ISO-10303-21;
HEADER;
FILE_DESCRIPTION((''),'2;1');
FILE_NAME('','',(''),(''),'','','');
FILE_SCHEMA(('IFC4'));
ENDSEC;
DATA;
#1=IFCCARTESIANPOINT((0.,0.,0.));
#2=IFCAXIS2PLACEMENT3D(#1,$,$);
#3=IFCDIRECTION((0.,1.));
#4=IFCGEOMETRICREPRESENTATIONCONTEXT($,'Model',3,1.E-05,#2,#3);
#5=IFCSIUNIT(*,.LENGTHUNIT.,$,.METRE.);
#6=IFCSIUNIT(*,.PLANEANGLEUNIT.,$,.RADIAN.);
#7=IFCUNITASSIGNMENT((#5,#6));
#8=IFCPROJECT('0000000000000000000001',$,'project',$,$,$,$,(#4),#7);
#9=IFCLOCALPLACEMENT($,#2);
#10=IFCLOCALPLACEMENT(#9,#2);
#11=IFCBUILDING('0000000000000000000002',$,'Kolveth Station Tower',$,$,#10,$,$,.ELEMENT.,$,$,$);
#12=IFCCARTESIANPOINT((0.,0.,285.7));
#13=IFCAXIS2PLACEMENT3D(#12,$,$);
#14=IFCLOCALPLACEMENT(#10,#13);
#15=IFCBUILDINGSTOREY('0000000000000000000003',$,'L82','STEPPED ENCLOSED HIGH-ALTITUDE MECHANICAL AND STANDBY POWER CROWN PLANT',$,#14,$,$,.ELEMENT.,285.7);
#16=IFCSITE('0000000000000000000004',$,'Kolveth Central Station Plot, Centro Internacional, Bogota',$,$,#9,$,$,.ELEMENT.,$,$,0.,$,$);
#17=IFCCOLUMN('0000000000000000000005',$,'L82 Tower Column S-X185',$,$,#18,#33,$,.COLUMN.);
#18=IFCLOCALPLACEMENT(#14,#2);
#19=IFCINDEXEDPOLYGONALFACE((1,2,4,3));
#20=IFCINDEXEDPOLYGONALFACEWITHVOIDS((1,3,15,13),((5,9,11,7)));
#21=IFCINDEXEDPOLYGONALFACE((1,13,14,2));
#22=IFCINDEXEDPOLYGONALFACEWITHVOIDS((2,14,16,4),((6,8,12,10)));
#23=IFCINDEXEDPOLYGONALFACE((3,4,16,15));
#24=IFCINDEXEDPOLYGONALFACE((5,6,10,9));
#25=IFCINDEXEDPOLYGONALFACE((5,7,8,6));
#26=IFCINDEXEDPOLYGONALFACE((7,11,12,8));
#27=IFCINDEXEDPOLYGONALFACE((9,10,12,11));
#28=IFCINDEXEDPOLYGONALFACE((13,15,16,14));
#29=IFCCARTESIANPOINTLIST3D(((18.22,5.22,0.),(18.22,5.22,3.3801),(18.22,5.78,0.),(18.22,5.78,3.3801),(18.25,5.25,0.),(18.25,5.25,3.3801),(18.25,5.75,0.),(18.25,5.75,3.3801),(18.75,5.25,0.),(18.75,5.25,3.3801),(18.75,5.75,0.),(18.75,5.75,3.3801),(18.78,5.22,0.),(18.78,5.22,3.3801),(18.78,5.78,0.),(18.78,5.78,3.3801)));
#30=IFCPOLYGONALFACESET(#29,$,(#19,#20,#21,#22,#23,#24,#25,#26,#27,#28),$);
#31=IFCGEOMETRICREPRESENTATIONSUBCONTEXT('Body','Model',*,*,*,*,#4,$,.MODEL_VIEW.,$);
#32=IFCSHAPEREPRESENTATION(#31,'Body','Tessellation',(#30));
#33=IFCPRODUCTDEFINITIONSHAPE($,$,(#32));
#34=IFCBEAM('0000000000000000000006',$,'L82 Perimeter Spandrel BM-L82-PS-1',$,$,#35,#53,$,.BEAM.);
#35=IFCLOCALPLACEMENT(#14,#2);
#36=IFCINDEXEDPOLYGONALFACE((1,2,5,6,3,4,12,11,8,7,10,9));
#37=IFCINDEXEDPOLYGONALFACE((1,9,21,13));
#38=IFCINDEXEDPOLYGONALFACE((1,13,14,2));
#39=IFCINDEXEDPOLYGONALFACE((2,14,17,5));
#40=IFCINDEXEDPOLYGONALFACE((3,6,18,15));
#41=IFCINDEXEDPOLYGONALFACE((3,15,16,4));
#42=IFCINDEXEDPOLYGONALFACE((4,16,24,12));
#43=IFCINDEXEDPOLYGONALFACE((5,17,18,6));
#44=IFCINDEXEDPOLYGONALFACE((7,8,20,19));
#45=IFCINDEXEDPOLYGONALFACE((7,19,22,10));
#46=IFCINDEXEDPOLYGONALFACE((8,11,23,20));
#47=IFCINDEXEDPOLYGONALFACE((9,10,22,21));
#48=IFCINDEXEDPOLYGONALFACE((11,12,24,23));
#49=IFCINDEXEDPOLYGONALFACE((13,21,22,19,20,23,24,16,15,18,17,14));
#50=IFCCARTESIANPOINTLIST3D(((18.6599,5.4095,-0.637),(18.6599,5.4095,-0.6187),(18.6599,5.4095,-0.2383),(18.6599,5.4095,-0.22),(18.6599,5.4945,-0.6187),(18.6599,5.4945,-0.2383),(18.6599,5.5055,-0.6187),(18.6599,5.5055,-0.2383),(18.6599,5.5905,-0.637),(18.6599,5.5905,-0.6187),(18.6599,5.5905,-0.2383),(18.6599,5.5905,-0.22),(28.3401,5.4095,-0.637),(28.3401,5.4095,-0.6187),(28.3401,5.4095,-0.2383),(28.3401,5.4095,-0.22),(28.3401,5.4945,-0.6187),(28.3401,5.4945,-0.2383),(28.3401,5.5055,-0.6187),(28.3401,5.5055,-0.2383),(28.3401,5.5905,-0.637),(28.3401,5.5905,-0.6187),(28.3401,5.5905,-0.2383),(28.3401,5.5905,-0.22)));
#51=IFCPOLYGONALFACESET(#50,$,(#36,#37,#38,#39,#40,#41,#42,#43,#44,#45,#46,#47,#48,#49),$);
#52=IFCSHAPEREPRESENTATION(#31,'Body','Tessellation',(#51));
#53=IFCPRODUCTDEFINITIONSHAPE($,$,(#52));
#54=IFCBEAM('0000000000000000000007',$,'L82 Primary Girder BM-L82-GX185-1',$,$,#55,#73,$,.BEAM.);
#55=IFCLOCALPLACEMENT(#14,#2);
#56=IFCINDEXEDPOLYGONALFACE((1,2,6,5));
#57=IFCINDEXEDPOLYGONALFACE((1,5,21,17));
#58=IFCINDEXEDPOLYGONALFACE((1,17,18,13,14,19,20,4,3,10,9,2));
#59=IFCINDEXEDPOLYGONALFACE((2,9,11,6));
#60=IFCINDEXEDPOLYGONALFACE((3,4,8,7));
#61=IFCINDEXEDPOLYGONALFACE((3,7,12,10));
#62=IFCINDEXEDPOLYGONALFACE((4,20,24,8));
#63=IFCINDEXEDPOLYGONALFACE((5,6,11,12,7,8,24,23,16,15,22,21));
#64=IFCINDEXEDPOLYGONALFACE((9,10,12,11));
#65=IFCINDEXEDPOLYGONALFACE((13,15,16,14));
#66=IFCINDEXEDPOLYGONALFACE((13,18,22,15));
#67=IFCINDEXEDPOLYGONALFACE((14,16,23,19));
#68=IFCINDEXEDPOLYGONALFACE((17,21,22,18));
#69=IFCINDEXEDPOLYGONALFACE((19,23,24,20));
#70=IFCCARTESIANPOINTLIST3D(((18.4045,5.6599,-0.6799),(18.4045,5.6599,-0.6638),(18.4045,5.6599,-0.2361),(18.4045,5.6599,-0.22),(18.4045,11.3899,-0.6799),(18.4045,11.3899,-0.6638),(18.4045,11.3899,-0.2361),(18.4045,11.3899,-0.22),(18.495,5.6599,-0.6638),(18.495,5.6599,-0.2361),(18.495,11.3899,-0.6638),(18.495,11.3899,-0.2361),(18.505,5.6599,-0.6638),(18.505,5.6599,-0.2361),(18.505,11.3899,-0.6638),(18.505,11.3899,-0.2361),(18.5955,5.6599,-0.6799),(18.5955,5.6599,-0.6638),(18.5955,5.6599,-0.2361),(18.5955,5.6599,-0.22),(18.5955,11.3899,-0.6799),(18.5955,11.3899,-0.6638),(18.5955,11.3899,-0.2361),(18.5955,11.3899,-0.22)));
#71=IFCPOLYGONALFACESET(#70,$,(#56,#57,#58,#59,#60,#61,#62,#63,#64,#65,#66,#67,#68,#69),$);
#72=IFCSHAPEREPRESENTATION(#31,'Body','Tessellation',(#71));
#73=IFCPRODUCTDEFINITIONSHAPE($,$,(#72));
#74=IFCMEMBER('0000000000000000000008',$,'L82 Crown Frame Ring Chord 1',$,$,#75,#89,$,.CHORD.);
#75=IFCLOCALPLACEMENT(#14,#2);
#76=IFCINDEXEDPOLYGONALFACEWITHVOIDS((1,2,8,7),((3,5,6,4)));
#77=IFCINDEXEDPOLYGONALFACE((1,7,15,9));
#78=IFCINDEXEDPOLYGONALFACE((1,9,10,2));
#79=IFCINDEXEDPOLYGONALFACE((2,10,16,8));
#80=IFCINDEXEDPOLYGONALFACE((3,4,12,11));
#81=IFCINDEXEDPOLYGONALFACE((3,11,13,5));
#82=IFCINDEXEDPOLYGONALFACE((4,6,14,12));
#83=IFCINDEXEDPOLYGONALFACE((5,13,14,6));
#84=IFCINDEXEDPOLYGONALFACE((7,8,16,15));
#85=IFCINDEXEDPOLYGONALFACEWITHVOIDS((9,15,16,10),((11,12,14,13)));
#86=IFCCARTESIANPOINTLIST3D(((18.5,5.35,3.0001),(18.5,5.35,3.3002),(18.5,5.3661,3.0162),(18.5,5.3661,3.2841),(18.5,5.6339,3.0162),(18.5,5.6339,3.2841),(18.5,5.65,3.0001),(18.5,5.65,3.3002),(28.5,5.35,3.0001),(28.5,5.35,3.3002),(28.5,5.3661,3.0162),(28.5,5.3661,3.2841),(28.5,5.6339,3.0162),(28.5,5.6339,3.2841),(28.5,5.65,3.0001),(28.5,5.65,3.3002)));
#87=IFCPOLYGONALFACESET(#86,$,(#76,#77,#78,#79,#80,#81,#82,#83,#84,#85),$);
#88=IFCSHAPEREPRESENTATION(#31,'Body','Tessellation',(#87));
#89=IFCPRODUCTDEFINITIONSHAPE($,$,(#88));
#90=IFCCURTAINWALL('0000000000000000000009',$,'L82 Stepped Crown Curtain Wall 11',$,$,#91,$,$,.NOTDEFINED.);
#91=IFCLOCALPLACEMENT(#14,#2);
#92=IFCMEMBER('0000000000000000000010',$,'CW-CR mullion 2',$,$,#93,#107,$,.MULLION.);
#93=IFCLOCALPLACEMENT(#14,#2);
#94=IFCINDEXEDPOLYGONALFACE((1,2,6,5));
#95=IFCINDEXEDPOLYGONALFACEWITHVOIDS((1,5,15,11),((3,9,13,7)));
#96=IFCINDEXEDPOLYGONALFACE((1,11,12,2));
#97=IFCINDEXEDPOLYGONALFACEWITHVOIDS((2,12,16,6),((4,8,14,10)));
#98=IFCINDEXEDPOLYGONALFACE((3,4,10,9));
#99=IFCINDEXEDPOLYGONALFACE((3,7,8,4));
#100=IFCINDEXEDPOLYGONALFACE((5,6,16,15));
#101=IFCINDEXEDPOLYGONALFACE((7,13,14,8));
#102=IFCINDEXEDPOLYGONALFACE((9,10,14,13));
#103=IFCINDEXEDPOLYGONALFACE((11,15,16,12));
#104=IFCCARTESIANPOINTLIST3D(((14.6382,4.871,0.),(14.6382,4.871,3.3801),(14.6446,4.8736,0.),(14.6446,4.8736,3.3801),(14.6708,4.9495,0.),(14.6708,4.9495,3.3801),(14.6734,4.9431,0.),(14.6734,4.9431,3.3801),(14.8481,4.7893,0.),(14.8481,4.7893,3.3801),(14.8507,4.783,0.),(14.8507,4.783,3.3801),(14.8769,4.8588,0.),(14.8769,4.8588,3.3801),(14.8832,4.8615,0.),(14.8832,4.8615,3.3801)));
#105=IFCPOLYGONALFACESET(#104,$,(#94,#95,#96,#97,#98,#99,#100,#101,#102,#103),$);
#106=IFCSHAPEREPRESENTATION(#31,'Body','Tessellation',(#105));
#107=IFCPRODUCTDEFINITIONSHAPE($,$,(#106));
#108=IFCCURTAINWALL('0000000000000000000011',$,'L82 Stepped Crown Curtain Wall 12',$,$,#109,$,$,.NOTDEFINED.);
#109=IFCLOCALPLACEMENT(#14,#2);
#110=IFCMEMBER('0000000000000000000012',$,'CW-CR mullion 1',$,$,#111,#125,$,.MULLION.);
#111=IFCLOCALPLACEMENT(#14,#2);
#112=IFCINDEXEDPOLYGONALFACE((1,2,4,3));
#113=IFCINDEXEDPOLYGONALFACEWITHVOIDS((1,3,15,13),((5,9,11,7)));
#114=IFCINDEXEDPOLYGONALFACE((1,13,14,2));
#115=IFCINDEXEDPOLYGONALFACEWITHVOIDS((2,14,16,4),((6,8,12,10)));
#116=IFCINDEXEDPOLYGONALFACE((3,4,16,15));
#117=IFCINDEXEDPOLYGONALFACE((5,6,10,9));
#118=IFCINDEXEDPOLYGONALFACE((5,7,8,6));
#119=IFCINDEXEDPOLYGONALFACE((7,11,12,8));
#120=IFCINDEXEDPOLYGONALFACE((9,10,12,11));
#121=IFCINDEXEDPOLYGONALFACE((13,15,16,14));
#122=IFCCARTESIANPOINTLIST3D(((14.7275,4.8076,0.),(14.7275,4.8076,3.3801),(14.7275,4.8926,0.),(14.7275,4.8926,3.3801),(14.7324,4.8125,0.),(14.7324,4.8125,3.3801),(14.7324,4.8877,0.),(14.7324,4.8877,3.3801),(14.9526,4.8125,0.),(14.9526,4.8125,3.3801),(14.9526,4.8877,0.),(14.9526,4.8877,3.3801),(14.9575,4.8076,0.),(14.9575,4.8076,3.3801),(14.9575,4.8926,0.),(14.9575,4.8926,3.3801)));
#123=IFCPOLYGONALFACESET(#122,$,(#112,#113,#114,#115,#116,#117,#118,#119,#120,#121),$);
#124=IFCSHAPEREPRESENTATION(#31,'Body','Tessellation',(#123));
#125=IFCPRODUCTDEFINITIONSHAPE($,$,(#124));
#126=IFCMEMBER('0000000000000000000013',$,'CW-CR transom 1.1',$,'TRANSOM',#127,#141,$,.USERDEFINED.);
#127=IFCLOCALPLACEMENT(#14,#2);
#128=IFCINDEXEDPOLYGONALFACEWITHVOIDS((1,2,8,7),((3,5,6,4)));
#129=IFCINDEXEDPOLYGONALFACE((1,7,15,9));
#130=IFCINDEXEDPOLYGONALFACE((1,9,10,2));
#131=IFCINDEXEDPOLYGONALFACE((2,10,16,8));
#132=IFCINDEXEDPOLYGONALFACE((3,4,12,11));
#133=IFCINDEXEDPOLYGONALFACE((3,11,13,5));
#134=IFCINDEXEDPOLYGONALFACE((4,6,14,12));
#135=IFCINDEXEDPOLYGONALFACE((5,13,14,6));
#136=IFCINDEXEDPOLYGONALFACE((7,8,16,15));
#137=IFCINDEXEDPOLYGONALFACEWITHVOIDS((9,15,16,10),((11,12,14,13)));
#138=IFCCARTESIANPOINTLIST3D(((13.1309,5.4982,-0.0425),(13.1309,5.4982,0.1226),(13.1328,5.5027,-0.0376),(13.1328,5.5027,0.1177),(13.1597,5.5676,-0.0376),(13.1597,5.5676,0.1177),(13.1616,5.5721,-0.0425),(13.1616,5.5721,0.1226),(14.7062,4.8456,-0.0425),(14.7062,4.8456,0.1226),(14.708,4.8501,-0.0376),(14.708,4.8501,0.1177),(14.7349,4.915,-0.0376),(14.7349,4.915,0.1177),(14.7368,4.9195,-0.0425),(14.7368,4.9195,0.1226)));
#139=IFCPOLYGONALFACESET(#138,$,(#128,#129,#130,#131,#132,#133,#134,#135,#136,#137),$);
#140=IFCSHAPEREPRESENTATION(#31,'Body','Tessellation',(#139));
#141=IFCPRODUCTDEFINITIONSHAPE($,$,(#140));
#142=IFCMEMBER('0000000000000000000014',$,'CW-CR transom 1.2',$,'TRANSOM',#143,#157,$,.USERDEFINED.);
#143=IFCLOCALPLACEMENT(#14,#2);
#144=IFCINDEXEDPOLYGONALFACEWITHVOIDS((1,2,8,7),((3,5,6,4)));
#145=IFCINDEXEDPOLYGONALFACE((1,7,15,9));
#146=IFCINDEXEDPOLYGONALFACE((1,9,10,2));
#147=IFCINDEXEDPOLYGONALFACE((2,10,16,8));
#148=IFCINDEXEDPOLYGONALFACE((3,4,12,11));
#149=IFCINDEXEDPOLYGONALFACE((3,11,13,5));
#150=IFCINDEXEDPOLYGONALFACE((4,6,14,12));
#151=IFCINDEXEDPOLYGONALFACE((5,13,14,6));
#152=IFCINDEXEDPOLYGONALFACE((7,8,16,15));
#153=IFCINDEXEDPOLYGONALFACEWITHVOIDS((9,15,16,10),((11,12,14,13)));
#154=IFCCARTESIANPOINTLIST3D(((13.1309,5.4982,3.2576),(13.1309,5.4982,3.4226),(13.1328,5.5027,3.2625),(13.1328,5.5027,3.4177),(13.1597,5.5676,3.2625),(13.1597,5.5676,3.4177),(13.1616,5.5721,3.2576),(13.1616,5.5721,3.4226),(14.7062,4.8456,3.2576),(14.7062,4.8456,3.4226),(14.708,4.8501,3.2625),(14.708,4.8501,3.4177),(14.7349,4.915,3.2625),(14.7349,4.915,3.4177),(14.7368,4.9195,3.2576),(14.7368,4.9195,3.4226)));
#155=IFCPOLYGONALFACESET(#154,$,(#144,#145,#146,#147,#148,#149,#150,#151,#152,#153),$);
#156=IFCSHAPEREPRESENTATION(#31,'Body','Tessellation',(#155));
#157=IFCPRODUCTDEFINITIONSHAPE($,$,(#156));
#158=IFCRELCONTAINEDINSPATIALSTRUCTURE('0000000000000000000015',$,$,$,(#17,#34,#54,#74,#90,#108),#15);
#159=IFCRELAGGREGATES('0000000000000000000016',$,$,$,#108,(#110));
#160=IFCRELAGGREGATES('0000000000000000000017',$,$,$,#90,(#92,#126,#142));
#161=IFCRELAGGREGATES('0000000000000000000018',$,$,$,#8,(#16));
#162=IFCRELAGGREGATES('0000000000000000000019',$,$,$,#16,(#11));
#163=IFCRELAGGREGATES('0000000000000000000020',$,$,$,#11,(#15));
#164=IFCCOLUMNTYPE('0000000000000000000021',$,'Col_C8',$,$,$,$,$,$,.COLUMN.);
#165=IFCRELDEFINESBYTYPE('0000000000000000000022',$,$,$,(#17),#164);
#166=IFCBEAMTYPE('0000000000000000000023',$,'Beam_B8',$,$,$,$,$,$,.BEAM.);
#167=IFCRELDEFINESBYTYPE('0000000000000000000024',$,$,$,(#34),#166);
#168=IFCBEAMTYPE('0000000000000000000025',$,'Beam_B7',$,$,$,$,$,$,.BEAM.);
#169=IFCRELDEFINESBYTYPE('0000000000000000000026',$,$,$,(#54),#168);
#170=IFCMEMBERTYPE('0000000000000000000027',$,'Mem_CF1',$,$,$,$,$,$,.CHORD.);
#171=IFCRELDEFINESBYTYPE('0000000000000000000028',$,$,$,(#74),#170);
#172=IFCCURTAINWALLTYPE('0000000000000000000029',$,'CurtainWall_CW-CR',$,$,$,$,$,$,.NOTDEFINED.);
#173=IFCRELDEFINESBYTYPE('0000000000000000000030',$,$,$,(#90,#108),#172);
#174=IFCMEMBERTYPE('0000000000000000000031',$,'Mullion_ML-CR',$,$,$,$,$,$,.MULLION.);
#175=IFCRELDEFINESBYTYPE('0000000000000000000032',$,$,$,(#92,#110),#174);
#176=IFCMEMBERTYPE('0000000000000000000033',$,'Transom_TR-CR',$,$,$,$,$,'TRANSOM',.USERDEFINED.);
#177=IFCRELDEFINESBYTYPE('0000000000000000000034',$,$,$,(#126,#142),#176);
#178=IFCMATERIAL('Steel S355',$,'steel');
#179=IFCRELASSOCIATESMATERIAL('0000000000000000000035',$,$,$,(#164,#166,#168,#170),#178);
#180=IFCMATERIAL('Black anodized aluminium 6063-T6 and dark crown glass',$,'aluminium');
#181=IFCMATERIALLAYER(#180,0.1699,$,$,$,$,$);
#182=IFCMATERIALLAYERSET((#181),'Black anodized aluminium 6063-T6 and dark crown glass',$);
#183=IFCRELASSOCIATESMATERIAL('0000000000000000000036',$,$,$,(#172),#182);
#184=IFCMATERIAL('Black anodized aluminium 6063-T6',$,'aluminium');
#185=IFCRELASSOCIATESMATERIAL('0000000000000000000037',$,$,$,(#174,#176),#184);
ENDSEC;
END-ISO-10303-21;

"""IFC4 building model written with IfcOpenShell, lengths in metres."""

from ifc_helpers import new_model, si_unit, direction, frame, origin, origin_2d, place, context, subcontext, project, spatial, hollow_rectangle, i_section, extrude, source, transform, mapped, material, layer, layer_set, material_profile, profile_set, type_object, element, aggregate, save


model = new_model("IFC4")

# Units and contexts
model_context = context("Model", 3, precision=1e-05, world=origin(), true_north=direction((0.0, 1.0)))
body_context = subcontext(model_context, "Body", "Model", "MODEL_VIEW")
ifc_project = project(units=[si_unit("LENGTHUNIT", "METRE"), si_unit("PLANEANGLEUNIT", "RADIAN")], contexts=[model_context])

# Site, building, storey
site_placement = place(None, origin())
site = spatial("IfcSite", under=ifc_project, at=site_placement, Name="Kolveth Central Station Plot, Centro Internacional, Bogota", CompositionType="ELEMENT", RefElevation=0.0)
building_placement = place(site_placement, origin())
building = spatial("IfcBuilding", under=site, at=building_placement, Name="Kolveth Station Tower", CompositionType="ELEMENT")
storey_placement = place(building_placement, frame((0.0, 0.0, 285.7)))
storey = spatial("IfcBuildingStorey", under=building, at=storey_placement, Name="L82", Description="STEPPED ENCLOSED HIGH-ALTITUDE MECHANICAL AND STANDBY POWER CROWN PLANT", CompositionType="ELEMENT", Elevation=285.7)

# Column
ifc_material_1 = material(Name="Steel S355", Category="steel")
ifc_material_profile_1 = material_profile(ifc_material_1, hollow_rectangle(XDim=0.5601, YDim=0.5601, WallThickness=0.03, at=origin_2d()), Name="BOX560x560x30")
ifc_profile_set_1 = profile_set([ifc_material_profile_1], Name="Steel S355")
column_type = type_object("IfcColumnType", Name="Col_C8", PredefinedType="COLUMN", material=ifc_profile_set_1)
shared_shape_1 = source(origin(), body_context, "Body", "SweptSolid", [
    extrude(hollow_rectangle(XDim=0.5601, YDim=0.5601, WallThickness=0.03, at=origin_2d()), origin(), (0.0, 0.0, 1.0), 3.3801),
])
column_placement = place(storey_placement, frame((18.5, 5.5, 0.0), z_axis=(0.0, 0.0, 1.0), x_axis=(1.0, 0.0, 0.0)))
element("IfcColumn", 1, at=column_placement, inside=storey, type_object=column_type, Name="L82 Tower Column S-X185", PredefinedType="COLUMN", context=body_context, shape_type="MappedRepresentation", body=[
    mapped(shared_shape_1, transform((0.0, 0.0, 0.0), x_axis=(1.0, 0.0, 0.0), y_axis=(0.0, 1.0, 0.0), z_axis=(0.0, 0.0, 1.0), scale=1.0)),
])

# Beams
ifc_material_profile_2 = material_profile(ifc_material_1, i_section(OverallWidth=0.1809, OverallDepth=0.417, WebThickness=0.011, FlangeThickness=0.0183, at=origin_2d()), Name="W410x85")
ifc_profile_set_2 = profile_set([ifc_material_profile_2], Name="Steel S355")
beam_type_1 = type_object("IfcBeamType", Name="Beam_B8", PredefinedType="BEAM", material=ifc_profile_set_2)
shared_shape_2 = source(origin(), body_context, "Body", "SweptSolid", [
    extrude(i_section(OverallWidth=0.1809, OverallDepth=0.417, WebThickness=0.011, FlangeThickness=0.0183, at=origin_2d()), origin(), (0.0, 0.0, 1.0), 9.6802),
])
beam_1_placement = place(storey_placement, frame((18.6599, 5.5, -0.4285), z_axis=(1.0, 0.0, 0.0), x_axis=(0.0, 1.0, 0.0)))
element("IfcBeam", 2, at=beam_1_placement, inside=storey, type_object=beam_type_1, Name="L82 Perimeter Spandrel BM-L82-PS-1", PredefinedType="BEAM", context=body_context, shape_type="MappedRepresentation", body=[
    mapped(shared_shape_2, transform((0.0, 0.0, 0.0), x_axis=(1.0, 0.0, 0.0), y_axis=(0.0, 1.0, 0.0), z_axis=(0.0, 0.0, 1.0), scale=1.0)),
])
ifc_material_profile_3 = material_profile(ifc_material_1, i_section(OverallWidth=0.1909, OverallDepth=0.46, WebThickness=0.01, FlangeThickness=0.0161, at=origin_2d()), Name="W460x82")
ifc_profile_set_3 = profile_set([ifc_material_profile_3], Name="Steel S355")
beam_type_2 = type_object("IfcBeamType", Name="Beam_B7", PredefinedType="BEAM", material=ifc_profile_set_3)
shared_shape_3 = source(origin(), body_context, "Body", "SweptSolid", [
    extrude(i_section(OverallWidth=0.1909, OverallDepth=0.46, WebThickness=0.01, FlangeThickness=0.0161, at=origin_2d()), origin(), (0.0, 0.0, 1.0), 5.73),
])
beam_2_placement = place(storey_placement, frame((18.5, 5.6599, -0.45), z_axis=(0.0, 1.0, 0.0), x_axis=(-1.0, 0.0, 0.0)))
element("IfcBeam", 3, at=beam_2_placement, inside=storey, type_object=beam_type_2, Name="L82 Primary Girder BM-L82-GX185-1", PredefinedType="BEAM", context=body_context, shape_type="MappedRepresentation", body=[
    mapped(shared_shape_3, transform((0.0, 0.0, 0.0), x_axis=(1.0, 0.0, 0.0), y_axis=(0.0, 1.0, 0.0), z_axis=(0.0, 0.0, 1.0), scale=1.0)),
])

# Member
ifc_material_profile_4 = material_profile(ifc_material_1, hollow_rectangle(XDim=0.3, YDim=0.3, WallThickness=0.0161, at=origin_2d()), Name="CROWN-HSS300x300x16")
ifc_profile_set_4 = profile_set([ifc_material_profile_4], Name="Steel S355")
member_type_1 = type_object("IfcMemberType", Name="Mem_CF1", PredefinedType="CHORD", material=ifc_profile_set_4)
shared_shape_4 = source(origin(), body_context, "Body", "SweptSolid", [
    extrude(hollow_rectangle(XDim=0.3, YDim=0.3, WallThickness=0.0161, at=origin_2d()), origin(), (0.0, 0.0, 1.0), 10.0),
])
member_1_placement = place(storey_placement, frame((18.5, 5.5, 3.1501), z_axis=(1.0, 0.0, 0.0), x_axis=(0.0, 1.0, 0.0)))
element("IfcMember", 4, at=member_1_placement, inside=storey, type_object=member_type_1, Name="L82 Crown Frame Ring Chord 1", PredefinedType="CHORD", context=body_context, shape_type="MappedRepresentation", body=[
    mapped(shared_shape_4, transform((0.0, 0.0, 0.0), x_axis=(1.0, 0.0, 0.0), y_axis=(0.0, 1.0, 0.0), z_axis=(0.0, 0.0, 1.0), scale=1.0)),
])

# Curtain walls, members
ifc_material_2 = material(Name="Black anodized aluminium 6063-T6 and dark crown glass", Category="aluminium")
ifc_layer_1 = layer(ifc_material_2, 0.1699)
ifc_layer_set_1 = layer_set([ifc_layer_1], Name="Black anodized aluminium 6063-T6 and dark crown glass")
curtain_wall_type = type_object("IfcCurtainWallType", Name="CurtainWall_CW-CR", PredefinedType="NOTDEFINED", material=ifc_layer_set_1)
curtain_wall_1_placement = place(storey_placement, origin())
curtain_wall_1 = element("IfcCurtainWall", 5, at=curtain_wall_1_placement, inside=storey, type_object=curtain_wall_type, Name="L82 Stepped Crown Curtain Wall 11", PredefinedType="NOTDEFINED")
ifc_material_3 = material(Name="Black anodized aluminium 6063-T6", Category="aluminium")
ifc_material_profile_5 = material_profile(ifc_material_3, hollow_rectangle(XDim=0.085, YDim=0.23, WallThickness=0.0049, at=origin_2d()), Name="ALU-85x230x5")
ifc_profile_set_5 = profile_set([ifc_material_profile_5], Name="Black anodized aluminium 6063-T6")
member_type_2 = type_object("IfcMemberType", Name="Mullion_ML-CR", PredefinedType="MULLION", material=ifc_profile_set_5)
shared_shape_5 = source(origin(), body_context, "Body", "SweptSolid", [
    extrude(hollow_rectangle(XDim=0.085, YDim=0.23, WallThickness=0.0049, at=origin_2d()), origin(), (0.0, 0.0, 1.0), 3.3801),
])
member_2_placement = place(storey_placement, frame((14.7607, 4.8662, 0.0), z_axis=(0.0, 0.0, 1.0), x_axis=(0.382691, 0.923876, 0.0)))
member_2 = element("IfcMember", 6, at=member_2_placement, type_object=member_type_2, Name="CW-CR mullion 2", PredefinedType="MULLION", context=body_context, shape_type="MappedRepresentation", body=[
    mapped(shared_shape_5, transform((0.0, 0.0, 0.0), x_axis=(1.0, 0.0, 0.0), y_axis=(0.0, 1.0, 0.0), z_axis=(0.0, 0.0, 1.0), scale=1.0)),
])
curtain_wall_2_placement = place(storey_placement, origin())
curtain_wall_2 = element("IfcCurtainWall", 7, at=curtain_wall_2_placement, inside=storey, type_object=curtain_wall_type, Name="L82 Stepped Crown Curtain Wall 12", PredefinedType="NOTDEFINED")
member_3_placement = place(storey_placement, frame((14.8425, 4.8501, 0.0), z_axis=(0.0, 0.0, 1.0), x_axis=(0.0, 1.0, 0.0)))
member_3 = element("IfcMember", 8, at=member_3_placement, type_object=member_type_2, Name="CW-CR mullion 1", PredefinedType="MULLION", context=body_context, shape_type="MappedRepresentation", body=[
    mapped(shared_shape_5, transform((0.0, 0.0, 0.0), x_axis=(1.0, 0.0, 0.0), y_axis=(0.0, 1.0, 0.0), z_axis=(0.0, 0.0, 1.0), scale=1.0)),
])

# Members
ifc_material_profile_6 = material_profile(ifc_material_3, hollow_rectangle(XDim=0.0801, YDim=0.165, WallThickness=0.0049, at=origin_2d()), Name="ALU-80x165x5")
ifc_profile_set_6 = profile_set([ifc_material_profile_6], Name="Black anodized aluminium 6063-T6")
member_type_3 = type_object("IfcMemberType", Name="Transom_TR-CR", ElementType="TRANSOM", PredefinedType="USERDEFINED", material=ifc_profile_set_6)
shared_shape_6 = source(origin(), body_context, "Body", "SweptSolid", [
    extrude(hollow_rectangle(XDim=0.0801, YDim=0.165, WallThickness=0.0049, at=origin_2d()), origin(), (0.0, 0.0, 1.0), 1.7051),
])
member_4_placement = place(storey_placement, frame((13.1462, 5.5352, 0.04), z_axis=(0.923855, -0.382744, 0.0), x_axis=(0.382744, 0.923855, 0.0)))
member_4 = element("IfcMember", 9, at=member_4_placement, type_object=member_type_3, Name="CW-CR transom 1.1", ObjectType="TRANSOM", PredefinedType="USERDEFINED", context=body_context, shape_type="MappedRepresentation", body=[
    mapped(shared_shape_6, transform((0.0, 0.0, 0.0), x_axis=(1.0, 0.0, 0.0), y_axis=(0.0, 1.0, 0.0), z_axis=(0.0, 0.0, 1.0), scale=1.0)),
])
member_5_placement = place(storey_placement, frame((13.1462, 5.5352, 3.3401), z_axis=(0.923855, -0.382744, 0.0), x_axis=(0.382744, 0.923855, 0.0)))
member_5 = element("IfcMember", 10, at=member_5_placement, type_object=member_type_3, Name="CW-CR transom 1.2", ObjectType="TRANSOM", PredefinedType="USERDEFINED", context=body_context, shape_type="MappedRepresentation", body=[
    mapped(shared_shape_6, transform((0.0, 0.0, 0.0), x_axis=(1.0, 0.0, 0.0), y_axis=(0.0, 1.0, 0.0), z_axis=(0.0, 0.0, 1.0), scale=1.0)),
])
aggregate(curtain_wall_2, [member_3])

aggregate(curtain_wall_1, [member_2, member_4, member_5])

save(model, "model.ifc")
